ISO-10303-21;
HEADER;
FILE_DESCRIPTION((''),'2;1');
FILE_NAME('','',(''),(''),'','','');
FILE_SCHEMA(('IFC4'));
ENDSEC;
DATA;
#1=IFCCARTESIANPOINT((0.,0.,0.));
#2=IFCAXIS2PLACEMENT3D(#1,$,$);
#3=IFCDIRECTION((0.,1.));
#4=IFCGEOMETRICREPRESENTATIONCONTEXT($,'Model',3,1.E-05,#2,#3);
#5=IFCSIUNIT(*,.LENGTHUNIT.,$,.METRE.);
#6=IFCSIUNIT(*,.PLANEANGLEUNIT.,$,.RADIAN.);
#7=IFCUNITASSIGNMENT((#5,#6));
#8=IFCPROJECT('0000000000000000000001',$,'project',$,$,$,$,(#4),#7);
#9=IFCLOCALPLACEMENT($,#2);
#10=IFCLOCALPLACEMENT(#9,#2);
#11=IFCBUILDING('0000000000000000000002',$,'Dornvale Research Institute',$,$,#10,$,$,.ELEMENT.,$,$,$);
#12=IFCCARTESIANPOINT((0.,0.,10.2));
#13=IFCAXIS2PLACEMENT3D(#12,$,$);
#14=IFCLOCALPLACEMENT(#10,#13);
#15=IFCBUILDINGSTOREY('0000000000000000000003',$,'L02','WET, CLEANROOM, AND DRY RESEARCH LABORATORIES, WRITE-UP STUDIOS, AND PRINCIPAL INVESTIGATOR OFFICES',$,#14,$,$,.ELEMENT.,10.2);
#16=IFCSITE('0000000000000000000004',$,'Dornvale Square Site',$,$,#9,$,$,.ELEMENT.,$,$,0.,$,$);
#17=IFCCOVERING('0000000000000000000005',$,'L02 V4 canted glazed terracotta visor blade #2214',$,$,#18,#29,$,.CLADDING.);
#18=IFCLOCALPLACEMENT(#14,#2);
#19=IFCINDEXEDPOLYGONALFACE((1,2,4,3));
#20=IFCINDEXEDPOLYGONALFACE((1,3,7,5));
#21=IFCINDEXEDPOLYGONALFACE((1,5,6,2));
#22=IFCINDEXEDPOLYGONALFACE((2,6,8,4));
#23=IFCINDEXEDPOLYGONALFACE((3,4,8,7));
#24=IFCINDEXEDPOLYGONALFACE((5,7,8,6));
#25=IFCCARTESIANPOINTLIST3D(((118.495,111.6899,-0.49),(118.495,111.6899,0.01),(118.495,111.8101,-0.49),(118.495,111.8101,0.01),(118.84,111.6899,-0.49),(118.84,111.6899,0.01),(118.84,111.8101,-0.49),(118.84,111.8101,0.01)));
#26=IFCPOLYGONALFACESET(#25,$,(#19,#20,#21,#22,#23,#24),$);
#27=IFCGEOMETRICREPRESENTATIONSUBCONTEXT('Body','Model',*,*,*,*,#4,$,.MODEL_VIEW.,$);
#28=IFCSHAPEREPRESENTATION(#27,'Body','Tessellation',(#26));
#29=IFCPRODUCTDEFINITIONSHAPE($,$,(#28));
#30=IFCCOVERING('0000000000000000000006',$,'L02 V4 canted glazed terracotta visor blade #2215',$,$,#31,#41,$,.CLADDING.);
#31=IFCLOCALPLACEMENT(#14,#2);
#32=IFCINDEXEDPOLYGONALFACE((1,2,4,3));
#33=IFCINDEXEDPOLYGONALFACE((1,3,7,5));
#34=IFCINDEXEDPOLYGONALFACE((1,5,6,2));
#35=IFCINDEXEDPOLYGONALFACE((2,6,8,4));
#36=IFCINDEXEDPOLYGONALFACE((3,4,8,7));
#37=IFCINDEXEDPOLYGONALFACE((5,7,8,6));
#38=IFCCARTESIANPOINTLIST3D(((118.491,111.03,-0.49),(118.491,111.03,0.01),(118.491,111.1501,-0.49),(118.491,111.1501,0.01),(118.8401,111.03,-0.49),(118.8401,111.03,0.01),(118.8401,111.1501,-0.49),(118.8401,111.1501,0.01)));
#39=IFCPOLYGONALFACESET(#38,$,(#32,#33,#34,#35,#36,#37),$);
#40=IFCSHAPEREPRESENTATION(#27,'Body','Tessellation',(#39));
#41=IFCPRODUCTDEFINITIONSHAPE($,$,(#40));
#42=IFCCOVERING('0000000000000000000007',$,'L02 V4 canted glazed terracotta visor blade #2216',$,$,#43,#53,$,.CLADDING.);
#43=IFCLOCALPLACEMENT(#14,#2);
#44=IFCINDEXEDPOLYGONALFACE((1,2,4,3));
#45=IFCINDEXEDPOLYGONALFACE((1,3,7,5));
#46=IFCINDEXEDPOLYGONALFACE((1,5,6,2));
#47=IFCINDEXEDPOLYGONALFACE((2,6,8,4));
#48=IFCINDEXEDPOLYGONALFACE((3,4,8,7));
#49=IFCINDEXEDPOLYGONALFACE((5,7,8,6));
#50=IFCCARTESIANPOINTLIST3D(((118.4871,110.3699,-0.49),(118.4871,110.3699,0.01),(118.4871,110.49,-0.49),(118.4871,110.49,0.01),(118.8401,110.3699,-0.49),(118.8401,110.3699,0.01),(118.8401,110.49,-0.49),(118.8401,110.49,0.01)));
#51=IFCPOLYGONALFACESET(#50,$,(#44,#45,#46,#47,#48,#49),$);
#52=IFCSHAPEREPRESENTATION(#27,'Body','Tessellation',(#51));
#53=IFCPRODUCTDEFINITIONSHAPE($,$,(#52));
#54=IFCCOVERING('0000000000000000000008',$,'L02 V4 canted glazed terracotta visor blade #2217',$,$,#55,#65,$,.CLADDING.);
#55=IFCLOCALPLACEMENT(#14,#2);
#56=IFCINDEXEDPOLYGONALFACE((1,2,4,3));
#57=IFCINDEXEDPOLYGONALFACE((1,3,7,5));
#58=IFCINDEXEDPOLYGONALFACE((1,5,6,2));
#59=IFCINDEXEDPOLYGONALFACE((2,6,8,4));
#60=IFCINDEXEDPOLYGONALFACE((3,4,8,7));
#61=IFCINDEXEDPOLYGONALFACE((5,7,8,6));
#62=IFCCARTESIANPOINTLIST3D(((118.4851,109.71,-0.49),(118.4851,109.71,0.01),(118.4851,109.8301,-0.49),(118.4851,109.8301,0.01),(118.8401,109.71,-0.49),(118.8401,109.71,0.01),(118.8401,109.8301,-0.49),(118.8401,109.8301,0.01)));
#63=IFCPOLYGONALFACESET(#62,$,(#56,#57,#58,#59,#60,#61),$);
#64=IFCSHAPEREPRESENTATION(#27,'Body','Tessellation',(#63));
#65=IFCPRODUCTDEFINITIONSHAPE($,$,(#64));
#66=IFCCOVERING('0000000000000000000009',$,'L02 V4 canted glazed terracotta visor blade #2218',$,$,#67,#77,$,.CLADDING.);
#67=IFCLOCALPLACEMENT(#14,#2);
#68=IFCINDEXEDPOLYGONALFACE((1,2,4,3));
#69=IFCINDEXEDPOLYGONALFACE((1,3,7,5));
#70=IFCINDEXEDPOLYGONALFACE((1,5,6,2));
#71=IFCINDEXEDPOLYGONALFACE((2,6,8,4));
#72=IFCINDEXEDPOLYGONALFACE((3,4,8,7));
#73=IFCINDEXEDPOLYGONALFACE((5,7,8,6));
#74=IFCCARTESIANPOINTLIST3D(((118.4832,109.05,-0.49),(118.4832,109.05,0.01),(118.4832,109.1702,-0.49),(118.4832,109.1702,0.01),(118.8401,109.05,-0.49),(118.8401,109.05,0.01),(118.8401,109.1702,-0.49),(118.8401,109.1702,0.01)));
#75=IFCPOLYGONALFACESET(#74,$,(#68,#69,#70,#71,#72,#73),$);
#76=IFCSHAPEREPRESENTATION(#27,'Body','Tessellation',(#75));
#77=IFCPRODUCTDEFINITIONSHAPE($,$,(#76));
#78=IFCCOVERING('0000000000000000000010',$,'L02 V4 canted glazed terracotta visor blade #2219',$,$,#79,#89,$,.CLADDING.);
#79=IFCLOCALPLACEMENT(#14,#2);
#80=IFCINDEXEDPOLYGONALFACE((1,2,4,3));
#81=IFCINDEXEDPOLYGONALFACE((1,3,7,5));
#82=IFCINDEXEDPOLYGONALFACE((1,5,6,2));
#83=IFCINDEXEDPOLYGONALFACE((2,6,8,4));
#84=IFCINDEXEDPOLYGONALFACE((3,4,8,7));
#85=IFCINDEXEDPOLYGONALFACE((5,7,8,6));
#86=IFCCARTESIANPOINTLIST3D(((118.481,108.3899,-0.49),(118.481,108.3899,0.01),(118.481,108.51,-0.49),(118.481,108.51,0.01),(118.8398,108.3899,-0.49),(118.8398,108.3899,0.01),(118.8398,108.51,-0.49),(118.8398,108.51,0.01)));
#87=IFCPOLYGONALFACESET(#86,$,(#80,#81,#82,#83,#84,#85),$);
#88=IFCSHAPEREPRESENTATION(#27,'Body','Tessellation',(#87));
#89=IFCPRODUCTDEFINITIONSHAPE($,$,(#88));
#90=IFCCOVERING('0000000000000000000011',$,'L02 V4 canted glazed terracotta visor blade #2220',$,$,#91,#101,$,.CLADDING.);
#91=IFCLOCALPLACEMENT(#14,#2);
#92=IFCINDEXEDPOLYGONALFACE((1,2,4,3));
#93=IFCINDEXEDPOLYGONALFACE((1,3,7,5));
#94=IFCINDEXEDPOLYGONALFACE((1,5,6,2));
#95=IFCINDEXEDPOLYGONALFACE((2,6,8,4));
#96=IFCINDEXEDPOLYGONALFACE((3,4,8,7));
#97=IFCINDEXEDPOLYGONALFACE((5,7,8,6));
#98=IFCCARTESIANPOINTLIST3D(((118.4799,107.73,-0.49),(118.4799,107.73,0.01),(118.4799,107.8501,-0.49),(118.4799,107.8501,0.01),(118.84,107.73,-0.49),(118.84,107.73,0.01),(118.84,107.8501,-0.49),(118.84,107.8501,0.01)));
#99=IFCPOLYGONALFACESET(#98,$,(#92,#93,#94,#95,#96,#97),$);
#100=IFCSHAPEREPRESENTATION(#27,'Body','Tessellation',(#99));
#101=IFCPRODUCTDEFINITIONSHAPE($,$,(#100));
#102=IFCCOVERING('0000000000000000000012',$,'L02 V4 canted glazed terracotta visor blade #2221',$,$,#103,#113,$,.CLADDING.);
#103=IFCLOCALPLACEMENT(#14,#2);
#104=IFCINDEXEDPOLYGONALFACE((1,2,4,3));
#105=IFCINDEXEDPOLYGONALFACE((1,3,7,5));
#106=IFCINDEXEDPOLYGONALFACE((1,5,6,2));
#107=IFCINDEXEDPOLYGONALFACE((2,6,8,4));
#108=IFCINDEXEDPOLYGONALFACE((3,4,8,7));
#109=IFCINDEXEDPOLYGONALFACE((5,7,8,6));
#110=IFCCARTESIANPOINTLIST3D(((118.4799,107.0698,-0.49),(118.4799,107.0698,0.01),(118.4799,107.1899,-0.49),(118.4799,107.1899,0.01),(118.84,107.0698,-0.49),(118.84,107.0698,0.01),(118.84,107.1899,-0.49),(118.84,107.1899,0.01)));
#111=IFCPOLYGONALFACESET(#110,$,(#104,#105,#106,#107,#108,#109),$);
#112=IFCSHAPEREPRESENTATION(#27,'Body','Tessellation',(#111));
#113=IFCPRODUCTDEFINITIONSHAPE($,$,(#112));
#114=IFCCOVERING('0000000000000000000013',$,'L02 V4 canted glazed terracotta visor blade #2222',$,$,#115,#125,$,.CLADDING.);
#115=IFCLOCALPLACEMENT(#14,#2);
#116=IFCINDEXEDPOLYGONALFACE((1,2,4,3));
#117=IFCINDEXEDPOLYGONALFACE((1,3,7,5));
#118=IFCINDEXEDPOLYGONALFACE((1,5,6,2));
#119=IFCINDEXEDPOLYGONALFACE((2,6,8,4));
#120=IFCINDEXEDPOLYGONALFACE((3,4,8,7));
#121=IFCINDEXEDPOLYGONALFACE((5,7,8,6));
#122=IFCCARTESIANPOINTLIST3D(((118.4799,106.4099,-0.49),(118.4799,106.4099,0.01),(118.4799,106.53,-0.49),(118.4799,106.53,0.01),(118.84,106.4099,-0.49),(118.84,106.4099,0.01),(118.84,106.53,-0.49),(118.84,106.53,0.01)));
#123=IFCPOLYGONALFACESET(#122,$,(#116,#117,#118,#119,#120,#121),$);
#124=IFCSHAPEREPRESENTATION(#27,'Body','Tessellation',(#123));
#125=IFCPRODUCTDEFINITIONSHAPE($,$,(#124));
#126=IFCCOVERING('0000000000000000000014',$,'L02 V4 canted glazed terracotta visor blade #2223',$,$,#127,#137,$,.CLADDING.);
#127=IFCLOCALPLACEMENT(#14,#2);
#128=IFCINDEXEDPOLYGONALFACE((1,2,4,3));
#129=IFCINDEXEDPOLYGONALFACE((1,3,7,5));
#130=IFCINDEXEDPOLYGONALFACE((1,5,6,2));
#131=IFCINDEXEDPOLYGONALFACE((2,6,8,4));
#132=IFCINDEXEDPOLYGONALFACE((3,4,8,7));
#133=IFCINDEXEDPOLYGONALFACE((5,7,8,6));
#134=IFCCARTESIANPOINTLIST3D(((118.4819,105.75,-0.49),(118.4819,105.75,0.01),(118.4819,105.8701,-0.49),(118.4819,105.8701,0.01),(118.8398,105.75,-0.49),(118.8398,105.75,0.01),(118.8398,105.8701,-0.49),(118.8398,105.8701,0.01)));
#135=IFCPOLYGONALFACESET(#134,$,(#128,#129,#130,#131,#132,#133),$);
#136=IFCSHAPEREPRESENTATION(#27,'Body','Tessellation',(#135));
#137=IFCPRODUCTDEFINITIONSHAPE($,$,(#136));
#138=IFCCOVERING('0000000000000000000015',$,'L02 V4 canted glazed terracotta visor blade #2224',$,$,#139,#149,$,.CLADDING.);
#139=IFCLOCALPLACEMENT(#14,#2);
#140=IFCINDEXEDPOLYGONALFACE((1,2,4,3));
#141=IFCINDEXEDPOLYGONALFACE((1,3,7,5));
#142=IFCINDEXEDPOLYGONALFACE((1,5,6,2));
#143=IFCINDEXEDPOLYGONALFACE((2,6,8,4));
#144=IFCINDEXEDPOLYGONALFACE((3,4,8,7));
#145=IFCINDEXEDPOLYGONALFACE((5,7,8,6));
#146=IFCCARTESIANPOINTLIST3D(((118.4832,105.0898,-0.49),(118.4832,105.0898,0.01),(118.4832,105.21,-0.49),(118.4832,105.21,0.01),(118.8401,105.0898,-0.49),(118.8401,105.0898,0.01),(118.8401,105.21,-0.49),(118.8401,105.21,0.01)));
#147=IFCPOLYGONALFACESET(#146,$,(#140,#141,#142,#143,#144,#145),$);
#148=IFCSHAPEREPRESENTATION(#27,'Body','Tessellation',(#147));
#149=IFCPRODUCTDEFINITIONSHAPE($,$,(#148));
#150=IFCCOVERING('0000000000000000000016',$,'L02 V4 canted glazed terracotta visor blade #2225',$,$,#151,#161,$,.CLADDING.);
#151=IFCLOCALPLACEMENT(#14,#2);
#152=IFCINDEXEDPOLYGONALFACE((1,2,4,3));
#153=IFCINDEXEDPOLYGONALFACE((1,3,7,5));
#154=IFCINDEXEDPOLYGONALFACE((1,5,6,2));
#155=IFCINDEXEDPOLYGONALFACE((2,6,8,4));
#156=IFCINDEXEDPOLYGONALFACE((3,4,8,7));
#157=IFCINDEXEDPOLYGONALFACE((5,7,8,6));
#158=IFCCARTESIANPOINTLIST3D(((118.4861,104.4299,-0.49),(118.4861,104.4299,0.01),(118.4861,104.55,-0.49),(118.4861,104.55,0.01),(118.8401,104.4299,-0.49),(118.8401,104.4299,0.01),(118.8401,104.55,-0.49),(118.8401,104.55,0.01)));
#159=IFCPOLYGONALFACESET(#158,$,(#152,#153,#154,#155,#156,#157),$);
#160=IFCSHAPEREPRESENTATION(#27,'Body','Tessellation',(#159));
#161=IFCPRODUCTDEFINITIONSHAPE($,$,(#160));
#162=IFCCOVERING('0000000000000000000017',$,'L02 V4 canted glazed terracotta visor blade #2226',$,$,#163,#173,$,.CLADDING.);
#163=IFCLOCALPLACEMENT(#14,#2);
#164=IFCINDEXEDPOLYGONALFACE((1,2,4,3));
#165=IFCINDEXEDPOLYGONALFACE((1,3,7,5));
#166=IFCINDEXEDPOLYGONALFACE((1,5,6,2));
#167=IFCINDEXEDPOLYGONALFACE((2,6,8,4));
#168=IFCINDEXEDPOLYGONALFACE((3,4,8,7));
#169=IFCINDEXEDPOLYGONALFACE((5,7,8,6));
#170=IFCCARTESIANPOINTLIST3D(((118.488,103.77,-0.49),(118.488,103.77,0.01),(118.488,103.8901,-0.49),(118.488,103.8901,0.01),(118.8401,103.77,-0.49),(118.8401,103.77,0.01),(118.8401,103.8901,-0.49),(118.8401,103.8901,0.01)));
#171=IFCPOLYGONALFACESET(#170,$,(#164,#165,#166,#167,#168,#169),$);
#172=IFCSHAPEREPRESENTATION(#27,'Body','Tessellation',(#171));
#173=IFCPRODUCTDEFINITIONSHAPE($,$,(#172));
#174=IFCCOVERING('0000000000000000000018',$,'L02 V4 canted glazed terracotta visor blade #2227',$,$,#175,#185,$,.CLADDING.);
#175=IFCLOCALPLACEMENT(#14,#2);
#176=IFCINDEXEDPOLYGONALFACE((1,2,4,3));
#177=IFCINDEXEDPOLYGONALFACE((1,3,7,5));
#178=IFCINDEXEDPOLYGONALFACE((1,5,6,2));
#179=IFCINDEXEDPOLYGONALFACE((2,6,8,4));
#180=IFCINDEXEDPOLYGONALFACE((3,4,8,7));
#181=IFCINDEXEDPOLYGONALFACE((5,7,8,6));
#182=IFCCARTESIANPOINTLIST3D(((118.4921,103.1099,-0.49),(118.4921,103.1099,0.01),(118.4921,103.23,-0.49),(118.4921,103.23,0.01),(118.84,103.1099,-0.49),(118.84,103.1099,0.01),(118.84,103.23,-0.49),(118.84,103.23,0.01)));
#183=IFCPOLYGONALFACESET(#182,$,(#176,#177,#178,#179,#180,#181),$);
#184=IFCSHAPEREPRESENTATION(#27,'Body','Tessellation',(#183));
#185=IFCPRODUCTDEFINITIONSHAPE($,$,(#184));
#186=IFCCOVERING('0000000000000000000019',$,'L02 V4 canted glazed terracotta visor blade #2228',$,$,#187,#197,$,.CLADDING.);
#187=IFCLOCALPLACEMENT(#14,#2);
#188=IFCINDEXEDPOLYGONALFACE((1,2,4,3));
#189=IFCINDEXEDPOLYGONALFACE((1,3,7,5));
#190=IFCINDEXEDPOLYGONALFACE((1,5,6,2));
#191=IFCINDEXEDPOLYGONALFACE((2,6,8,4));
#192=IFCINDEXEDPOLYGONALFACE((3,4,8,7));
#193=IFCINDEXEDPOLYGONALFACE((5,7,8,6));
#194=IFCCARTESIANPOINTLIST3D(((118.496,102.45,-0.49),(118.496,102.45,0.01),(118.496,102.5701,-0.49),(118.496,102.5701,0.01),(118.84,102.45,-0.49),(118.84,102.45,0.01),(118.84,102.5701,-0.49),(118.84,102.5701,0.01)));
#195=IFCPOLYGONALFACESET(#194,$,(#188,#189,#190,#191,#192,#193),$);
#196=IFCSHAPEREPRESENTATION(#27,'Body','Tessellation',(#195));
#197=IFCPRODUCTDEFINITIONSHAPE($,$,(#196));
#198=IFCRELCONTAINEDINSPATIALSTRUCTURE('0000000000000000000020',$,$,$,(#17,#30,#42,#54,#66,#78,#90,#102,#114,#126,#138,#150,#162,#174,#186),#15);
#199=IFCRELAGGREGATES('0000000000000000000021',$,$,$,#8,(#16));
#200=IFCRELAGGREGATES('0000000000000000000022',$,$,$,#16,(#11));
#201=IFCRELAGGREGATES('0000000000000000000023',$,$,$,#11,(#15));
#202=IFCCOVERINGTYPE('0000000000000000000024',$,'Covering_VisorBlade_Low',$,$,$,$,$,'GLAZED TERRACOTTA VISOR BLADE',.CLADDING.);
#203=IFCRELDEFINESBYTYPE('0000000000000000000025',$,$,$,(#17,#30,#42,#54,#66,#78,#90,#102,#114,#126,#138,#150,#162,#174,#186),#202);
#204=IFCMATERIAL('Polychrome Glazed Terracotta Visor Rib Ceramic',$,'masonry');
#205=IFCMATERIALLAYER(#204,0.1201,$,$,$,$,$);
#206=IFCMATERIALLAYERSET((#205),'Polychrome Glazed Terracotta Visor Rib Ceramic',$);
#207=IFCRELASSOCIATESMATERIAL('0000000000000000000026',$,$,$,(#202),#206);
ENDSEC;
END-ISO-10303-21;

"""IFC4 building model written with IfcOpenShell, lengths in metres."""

from ifc_helpers import new_model, si_unit, direction, frame, origin, origin_2d, place, context, subcontext, project, spatial, rectangle, extrude, material, layer, layer_set, type_object, element, save


model = new_model("IFC4")

# Units and contexts
model_context = context("Model", 3, precision=1e-05, world=origin(), true_north=direction((0.0, 1.0)))
body_context = subcontext(model_context, "Body", "Model", "MODEL_VIEW")
ifc_project = project(units=[si_unit("LENGTHUNIT", "METRE"), si_unit("PLANEANGLEUNIT", "RADIAN")], contexts=[model_context])

# Site, building, storey
site_placement = place(None, origin())
site = spatial("IfcSite", under=ifc_project, at=site_placement, Name="Dornvale Square Site", CompositionType="ELEMENT", RefElevation=0.0)
building_placement = place(site_placement, origin())
building = spatial("IfcBuilding", under=site, at=building_placement, Name="Dornvale Research Institute", CompositionType="ELEMENT")
storey_placement = place(building_placement, frame((0.0, 0.0, 10.2)))
storey = spatial("IfcBuildingStorey", under=building, at=storey_placement, Name="L02", Description="WET, CLEANROOM, AND DRY RESEARCH LABORATORIES, WRITE-UP STUDIOS, AND PRINCIPAL INVESTIGATOR OFFICES", CompositionType="ELEMENT", Elevation=10.2)

# Coverings
ifc_material_1 = material(Name="Polychrome Glazed Terracotta Visor Rib Ceramic", Category="masonry")
ifc_layer = layer(ifc_material_1, 0.1201)
ifc_layer_set = layer_set([ifc_layer], Name="Polychrome Glazed Terracotta Visor Rib Ceramic")
covering_type = type_object("IfcCoveringType", Name="Covering_VisorBlade_Low", ElementType="GLAZED TERRACOTTA VISOR BLADE", PredefinedType="CLADDING", material=ifc_layer_set)
covering_1_placement = place(storey_placement, frame((118.6675, 111.75, -0.49), z_axis=(0.0, 0.0, 1.0), x_axis=(1.0, 0.0, 0.0)))
element("IfcCovering", 1, at=covering_1_placement, inside=storey, type_object=covering_type, Name="L02 V4 canted glazed terracotta visor blade #2214", PredefinedType="CLADDING", context=body_context, shape_type="SweptSolid", body=[
    extrude(rectangle(XDim=0.345, YDim=0.1201, at=origin_2d()), origin(), (0.0, 0.0, 1.0), 0.5),
])
covering_2_placement = place(storey_placement, frame((118.6655, 111.0901, -0.49), z_axis=(0.0, 0.0, 1.0), x_axis=(1.0, 0.0, 0.0)))
element("IfcCovering", 2, at=covering_2_placement, inside=storey, type_object=covering_type, Name="L02 V4 canted glazed terracotta visor blade #2215", PredefinedType="CLADDING", context=body_context, shape_type="SweptSolid", body=[
    extrude(rectangle(XDim=0.3491, YDim=0.1201, at=origin_2d()), origin(), (0.0, 0.0, 1.0), 0.5),
])
covering_3_placement = place(storey_placement, frame((118.6636, 110.4299, -0.49), z_axis=(0.0, 0.0, 1.0), x_axis=(1.0, 0.0, 0.0)))
element("IfcCovering", 3, at=covering_3_placement, inside=storey, type_object=covering_type, Name="L02 V4 canted glazed terracotta visor blade #2216", PredefinedType="CLADDING", context=body_context, shape_type="SweptSolid", body=[
    extrude(rectangle(XDim=0.353, YDim=0.1201, at=origin_2d()), origin(), (0.0, 0.0, 1.0), 0.5),
])
covering_4_placement = place(storey_placement, frame((118.6626, 109.77, -0.49), z_axis=(0.0, 0.0, 1.0), x_axis=(1.0, 0.0, 0.0)))
element("IfcCovering", 4, at=covering_4_placement, inside=storey, type_object=covering_type, Name="L02 V4 canted glazed terracotta visor blade #2217", PredefinedType="CLADDING", context=body_context, shape_type="SweptSolid", body=[
    extrude(rectangle(XDim=0.355, YDim=0.1201, at=origin_2d()), origin(), (0.0, 0.0, 1.0), 0.5),
])
covering_5_placement = place(storey_placement, frame((118.6616, 109.1101, -0.49), z_axis=(0.0, 0.0, 1.0), x_axis=(1.0, 0.0, 0.0)))
element("IfcCovering", 5, at=covering_5_placement, inside=storey, type_object=covering_type, Name="L02 V4 canted glazed terracotta visor blade #2218", PredefinedType="CLADDING", context=body_context, shape_type="SweptSolid", body=[
    extrude(rectangle(XDim=0.3569, YDim=0.1201, at=origin_2d()), origin(), (0.0, 0.0, 1.0), 0.5),
])
covering_6_placement = place(storey_placement, frame((118.6604, 108.45, -0.49), z_axis=(0.0, 0.0, 1.0), x_axis=(1.0, 0.0, 0.0)))
element("IfcCovering", 6, at=covering_6_placement, inside=storey, type_object=covering_type, Name="L02 V4 canted glazed terracotta visor blade #2219", PredefinedType="CLADDING", context=body_context, shape_type="SweptSolid", body=[
    extrude(rectangle(XDim=0.3589, YDim=0.1201, at=origin_2d()), origin(), (0.0, 0.0, 1.0), 0.5),
])
for number, where, z_axis, x_axis, name in (
    (7, (118.6599, 107.79, -0.49), (0.0, 0.0, 1.0), (1.0, 0.0, 0.0), "L02 V4 canted glazed terracotta visor blade #2220"),
    (8, (118.6599, 107.1299, -0.49), (0.0, 0.0, 1.0), (1.0, 0.0, 0.0), "L02 V4 canted glazed terracotta visor blade #2221"),
    (9, (118.6599, 106.47, -0.49), (0.0, 0.0, 1.0), (1.0, 0.0, 0.0), "L02 V4 canted glazed terracotta visor blade #2222"),
):
    element("IfcCovering", number, at=place(storey_placement, frame(where, z_axis=z_axis, x_axis=x_axis)), inside=storey, type_object=covering_type, Name=name, PredefinedType="CLADDING", context=body_context, shape_type="SweptSolid", body=[
        extrude(rectangle(XDim=0.3601, YDim=0.1201, at=origin_2d()), origin(), (0.0, 0.0, 1.0), 0.5),
    ])
covering_7_placement = place(storey_placement, frame((118.6609, 105.8101, -0.49), z_axis=(0.0, 0.0, 1.0), x_axis=(1.0, 0.0, 0.0)))
element("IfcCovering", 10, at=covering_7_placement, inside=storey, type_object=covering_type, Name="L02 V4 canted glazed terracotta visor blade #2223", PredefinedType="CLADDING", context=body_context, shape_type="SweptSolid", body=[
    extrude(rectangle(XDim=0.3579, YDim=0.1201, at=origin_2d()), origin(), (0.0, 0.0, 1.0), 0.5),
])
covering_8_placement = place(storey_placement, frame((118.6616, 105.1499, -0.49), z_axis=(0.0, 0.0, 1.0), x_axis=(1.0, 0.0, 0.0)))
element("IfcCovering", 11, at=covering_8_placement, inside=storey, type_object=covering_type, Name="L02 V4 canted glazed terracotta visor blade #2224", PredefinedType="CLADDING", context=body_context, shape_type="SweptSolid", body=[
    extrude(rectangle(XDim=0.3569, YDim=0.1201, at=origin_2d()), origin(), (0.0, 0.0, 1.0), 0.5),
])
covering_9_placement = place(storey_placement, frame((118.6631, 104.49, -0.49), z_axis=(0.0, 0.0, 1.0), x_axis=(1.0, 0.0, 0.0)))
element("IfcCovering", 12, at=covering_9_placement, inside=storey, type_object=covering_type, Name="L02 V4 canted glazed terracotta visor blade #2225", PredefinedType="CLADDING", context=body_context, shape_type="SweptSolid", body=[
    extrude(rectangle(XDim=0.354, YDim=0.1201, at=origin_2d()), origin(), (0.0, 0.0, 1.0), 0.5),
])
covering_10_placement = place(storey_placement, frame((118.6641, 103.8301, -0.49), z_axis=(0.0, 0.0, 1.0), x_axis=(1.0, 0.0, 0.0)))
element("IfcCovering", 13, at=covering_10_placement, inside=storey, type_object=covering_type, Name="L02 V4 canted glazed terracotta visor blade #2226", PredefinedType="CLADDING", context=body_context, shape_type="SweptSolid", body=[
    extrude(rectangle(XDim=0.3521, YDim=0.1201, at=origin_2d()), origin(), (0.0, 0.0, 1.0), 0.5),
])
covering_11_placement = place(storey_placement, frame((118.666, 103.1699, -0.49), z_axis=(0.0, 0.0, 1.0), x_axis=(1.0, 0.0, 0.0)))
element("IfcCovering", 14, at=covering_11_placement, inside=storey, type_object=covering_type, Name="L02 V4 canted glazed terracotta visor blade #2227", PredefinedType="CLADDING", context=body_context, shape_type="SweptSolid", body=[
    extrude(rectangle(XDim=0.3479, YDim=0.1201, at=origin_2d()), origin(), (0.0, 0.0, 1.0), 0.5),
])
covering_12_placement = place(storey_placement, frame((118.668, 102.51, -0.49), z_axis=(0.0, 0.0, 1.0), x_axis=(1.0, 0.0, 0.0)))
element("IfcCovering", 15, at=covering_12_placement, inside=storey, type_object=covering_type, Name="L02 V4 canted glazed terracotta visor blade #2228", PredefinedType="CLADDING", context=body_context, shape_type="SweptSolid", body=[
    extrude(rectangle(XDim=0.344, YDim=0.1201, at=origin_2d()), origin(), (0.0, 0.0, 1.0), 0.5),
])

save(model, "model.ifc")
